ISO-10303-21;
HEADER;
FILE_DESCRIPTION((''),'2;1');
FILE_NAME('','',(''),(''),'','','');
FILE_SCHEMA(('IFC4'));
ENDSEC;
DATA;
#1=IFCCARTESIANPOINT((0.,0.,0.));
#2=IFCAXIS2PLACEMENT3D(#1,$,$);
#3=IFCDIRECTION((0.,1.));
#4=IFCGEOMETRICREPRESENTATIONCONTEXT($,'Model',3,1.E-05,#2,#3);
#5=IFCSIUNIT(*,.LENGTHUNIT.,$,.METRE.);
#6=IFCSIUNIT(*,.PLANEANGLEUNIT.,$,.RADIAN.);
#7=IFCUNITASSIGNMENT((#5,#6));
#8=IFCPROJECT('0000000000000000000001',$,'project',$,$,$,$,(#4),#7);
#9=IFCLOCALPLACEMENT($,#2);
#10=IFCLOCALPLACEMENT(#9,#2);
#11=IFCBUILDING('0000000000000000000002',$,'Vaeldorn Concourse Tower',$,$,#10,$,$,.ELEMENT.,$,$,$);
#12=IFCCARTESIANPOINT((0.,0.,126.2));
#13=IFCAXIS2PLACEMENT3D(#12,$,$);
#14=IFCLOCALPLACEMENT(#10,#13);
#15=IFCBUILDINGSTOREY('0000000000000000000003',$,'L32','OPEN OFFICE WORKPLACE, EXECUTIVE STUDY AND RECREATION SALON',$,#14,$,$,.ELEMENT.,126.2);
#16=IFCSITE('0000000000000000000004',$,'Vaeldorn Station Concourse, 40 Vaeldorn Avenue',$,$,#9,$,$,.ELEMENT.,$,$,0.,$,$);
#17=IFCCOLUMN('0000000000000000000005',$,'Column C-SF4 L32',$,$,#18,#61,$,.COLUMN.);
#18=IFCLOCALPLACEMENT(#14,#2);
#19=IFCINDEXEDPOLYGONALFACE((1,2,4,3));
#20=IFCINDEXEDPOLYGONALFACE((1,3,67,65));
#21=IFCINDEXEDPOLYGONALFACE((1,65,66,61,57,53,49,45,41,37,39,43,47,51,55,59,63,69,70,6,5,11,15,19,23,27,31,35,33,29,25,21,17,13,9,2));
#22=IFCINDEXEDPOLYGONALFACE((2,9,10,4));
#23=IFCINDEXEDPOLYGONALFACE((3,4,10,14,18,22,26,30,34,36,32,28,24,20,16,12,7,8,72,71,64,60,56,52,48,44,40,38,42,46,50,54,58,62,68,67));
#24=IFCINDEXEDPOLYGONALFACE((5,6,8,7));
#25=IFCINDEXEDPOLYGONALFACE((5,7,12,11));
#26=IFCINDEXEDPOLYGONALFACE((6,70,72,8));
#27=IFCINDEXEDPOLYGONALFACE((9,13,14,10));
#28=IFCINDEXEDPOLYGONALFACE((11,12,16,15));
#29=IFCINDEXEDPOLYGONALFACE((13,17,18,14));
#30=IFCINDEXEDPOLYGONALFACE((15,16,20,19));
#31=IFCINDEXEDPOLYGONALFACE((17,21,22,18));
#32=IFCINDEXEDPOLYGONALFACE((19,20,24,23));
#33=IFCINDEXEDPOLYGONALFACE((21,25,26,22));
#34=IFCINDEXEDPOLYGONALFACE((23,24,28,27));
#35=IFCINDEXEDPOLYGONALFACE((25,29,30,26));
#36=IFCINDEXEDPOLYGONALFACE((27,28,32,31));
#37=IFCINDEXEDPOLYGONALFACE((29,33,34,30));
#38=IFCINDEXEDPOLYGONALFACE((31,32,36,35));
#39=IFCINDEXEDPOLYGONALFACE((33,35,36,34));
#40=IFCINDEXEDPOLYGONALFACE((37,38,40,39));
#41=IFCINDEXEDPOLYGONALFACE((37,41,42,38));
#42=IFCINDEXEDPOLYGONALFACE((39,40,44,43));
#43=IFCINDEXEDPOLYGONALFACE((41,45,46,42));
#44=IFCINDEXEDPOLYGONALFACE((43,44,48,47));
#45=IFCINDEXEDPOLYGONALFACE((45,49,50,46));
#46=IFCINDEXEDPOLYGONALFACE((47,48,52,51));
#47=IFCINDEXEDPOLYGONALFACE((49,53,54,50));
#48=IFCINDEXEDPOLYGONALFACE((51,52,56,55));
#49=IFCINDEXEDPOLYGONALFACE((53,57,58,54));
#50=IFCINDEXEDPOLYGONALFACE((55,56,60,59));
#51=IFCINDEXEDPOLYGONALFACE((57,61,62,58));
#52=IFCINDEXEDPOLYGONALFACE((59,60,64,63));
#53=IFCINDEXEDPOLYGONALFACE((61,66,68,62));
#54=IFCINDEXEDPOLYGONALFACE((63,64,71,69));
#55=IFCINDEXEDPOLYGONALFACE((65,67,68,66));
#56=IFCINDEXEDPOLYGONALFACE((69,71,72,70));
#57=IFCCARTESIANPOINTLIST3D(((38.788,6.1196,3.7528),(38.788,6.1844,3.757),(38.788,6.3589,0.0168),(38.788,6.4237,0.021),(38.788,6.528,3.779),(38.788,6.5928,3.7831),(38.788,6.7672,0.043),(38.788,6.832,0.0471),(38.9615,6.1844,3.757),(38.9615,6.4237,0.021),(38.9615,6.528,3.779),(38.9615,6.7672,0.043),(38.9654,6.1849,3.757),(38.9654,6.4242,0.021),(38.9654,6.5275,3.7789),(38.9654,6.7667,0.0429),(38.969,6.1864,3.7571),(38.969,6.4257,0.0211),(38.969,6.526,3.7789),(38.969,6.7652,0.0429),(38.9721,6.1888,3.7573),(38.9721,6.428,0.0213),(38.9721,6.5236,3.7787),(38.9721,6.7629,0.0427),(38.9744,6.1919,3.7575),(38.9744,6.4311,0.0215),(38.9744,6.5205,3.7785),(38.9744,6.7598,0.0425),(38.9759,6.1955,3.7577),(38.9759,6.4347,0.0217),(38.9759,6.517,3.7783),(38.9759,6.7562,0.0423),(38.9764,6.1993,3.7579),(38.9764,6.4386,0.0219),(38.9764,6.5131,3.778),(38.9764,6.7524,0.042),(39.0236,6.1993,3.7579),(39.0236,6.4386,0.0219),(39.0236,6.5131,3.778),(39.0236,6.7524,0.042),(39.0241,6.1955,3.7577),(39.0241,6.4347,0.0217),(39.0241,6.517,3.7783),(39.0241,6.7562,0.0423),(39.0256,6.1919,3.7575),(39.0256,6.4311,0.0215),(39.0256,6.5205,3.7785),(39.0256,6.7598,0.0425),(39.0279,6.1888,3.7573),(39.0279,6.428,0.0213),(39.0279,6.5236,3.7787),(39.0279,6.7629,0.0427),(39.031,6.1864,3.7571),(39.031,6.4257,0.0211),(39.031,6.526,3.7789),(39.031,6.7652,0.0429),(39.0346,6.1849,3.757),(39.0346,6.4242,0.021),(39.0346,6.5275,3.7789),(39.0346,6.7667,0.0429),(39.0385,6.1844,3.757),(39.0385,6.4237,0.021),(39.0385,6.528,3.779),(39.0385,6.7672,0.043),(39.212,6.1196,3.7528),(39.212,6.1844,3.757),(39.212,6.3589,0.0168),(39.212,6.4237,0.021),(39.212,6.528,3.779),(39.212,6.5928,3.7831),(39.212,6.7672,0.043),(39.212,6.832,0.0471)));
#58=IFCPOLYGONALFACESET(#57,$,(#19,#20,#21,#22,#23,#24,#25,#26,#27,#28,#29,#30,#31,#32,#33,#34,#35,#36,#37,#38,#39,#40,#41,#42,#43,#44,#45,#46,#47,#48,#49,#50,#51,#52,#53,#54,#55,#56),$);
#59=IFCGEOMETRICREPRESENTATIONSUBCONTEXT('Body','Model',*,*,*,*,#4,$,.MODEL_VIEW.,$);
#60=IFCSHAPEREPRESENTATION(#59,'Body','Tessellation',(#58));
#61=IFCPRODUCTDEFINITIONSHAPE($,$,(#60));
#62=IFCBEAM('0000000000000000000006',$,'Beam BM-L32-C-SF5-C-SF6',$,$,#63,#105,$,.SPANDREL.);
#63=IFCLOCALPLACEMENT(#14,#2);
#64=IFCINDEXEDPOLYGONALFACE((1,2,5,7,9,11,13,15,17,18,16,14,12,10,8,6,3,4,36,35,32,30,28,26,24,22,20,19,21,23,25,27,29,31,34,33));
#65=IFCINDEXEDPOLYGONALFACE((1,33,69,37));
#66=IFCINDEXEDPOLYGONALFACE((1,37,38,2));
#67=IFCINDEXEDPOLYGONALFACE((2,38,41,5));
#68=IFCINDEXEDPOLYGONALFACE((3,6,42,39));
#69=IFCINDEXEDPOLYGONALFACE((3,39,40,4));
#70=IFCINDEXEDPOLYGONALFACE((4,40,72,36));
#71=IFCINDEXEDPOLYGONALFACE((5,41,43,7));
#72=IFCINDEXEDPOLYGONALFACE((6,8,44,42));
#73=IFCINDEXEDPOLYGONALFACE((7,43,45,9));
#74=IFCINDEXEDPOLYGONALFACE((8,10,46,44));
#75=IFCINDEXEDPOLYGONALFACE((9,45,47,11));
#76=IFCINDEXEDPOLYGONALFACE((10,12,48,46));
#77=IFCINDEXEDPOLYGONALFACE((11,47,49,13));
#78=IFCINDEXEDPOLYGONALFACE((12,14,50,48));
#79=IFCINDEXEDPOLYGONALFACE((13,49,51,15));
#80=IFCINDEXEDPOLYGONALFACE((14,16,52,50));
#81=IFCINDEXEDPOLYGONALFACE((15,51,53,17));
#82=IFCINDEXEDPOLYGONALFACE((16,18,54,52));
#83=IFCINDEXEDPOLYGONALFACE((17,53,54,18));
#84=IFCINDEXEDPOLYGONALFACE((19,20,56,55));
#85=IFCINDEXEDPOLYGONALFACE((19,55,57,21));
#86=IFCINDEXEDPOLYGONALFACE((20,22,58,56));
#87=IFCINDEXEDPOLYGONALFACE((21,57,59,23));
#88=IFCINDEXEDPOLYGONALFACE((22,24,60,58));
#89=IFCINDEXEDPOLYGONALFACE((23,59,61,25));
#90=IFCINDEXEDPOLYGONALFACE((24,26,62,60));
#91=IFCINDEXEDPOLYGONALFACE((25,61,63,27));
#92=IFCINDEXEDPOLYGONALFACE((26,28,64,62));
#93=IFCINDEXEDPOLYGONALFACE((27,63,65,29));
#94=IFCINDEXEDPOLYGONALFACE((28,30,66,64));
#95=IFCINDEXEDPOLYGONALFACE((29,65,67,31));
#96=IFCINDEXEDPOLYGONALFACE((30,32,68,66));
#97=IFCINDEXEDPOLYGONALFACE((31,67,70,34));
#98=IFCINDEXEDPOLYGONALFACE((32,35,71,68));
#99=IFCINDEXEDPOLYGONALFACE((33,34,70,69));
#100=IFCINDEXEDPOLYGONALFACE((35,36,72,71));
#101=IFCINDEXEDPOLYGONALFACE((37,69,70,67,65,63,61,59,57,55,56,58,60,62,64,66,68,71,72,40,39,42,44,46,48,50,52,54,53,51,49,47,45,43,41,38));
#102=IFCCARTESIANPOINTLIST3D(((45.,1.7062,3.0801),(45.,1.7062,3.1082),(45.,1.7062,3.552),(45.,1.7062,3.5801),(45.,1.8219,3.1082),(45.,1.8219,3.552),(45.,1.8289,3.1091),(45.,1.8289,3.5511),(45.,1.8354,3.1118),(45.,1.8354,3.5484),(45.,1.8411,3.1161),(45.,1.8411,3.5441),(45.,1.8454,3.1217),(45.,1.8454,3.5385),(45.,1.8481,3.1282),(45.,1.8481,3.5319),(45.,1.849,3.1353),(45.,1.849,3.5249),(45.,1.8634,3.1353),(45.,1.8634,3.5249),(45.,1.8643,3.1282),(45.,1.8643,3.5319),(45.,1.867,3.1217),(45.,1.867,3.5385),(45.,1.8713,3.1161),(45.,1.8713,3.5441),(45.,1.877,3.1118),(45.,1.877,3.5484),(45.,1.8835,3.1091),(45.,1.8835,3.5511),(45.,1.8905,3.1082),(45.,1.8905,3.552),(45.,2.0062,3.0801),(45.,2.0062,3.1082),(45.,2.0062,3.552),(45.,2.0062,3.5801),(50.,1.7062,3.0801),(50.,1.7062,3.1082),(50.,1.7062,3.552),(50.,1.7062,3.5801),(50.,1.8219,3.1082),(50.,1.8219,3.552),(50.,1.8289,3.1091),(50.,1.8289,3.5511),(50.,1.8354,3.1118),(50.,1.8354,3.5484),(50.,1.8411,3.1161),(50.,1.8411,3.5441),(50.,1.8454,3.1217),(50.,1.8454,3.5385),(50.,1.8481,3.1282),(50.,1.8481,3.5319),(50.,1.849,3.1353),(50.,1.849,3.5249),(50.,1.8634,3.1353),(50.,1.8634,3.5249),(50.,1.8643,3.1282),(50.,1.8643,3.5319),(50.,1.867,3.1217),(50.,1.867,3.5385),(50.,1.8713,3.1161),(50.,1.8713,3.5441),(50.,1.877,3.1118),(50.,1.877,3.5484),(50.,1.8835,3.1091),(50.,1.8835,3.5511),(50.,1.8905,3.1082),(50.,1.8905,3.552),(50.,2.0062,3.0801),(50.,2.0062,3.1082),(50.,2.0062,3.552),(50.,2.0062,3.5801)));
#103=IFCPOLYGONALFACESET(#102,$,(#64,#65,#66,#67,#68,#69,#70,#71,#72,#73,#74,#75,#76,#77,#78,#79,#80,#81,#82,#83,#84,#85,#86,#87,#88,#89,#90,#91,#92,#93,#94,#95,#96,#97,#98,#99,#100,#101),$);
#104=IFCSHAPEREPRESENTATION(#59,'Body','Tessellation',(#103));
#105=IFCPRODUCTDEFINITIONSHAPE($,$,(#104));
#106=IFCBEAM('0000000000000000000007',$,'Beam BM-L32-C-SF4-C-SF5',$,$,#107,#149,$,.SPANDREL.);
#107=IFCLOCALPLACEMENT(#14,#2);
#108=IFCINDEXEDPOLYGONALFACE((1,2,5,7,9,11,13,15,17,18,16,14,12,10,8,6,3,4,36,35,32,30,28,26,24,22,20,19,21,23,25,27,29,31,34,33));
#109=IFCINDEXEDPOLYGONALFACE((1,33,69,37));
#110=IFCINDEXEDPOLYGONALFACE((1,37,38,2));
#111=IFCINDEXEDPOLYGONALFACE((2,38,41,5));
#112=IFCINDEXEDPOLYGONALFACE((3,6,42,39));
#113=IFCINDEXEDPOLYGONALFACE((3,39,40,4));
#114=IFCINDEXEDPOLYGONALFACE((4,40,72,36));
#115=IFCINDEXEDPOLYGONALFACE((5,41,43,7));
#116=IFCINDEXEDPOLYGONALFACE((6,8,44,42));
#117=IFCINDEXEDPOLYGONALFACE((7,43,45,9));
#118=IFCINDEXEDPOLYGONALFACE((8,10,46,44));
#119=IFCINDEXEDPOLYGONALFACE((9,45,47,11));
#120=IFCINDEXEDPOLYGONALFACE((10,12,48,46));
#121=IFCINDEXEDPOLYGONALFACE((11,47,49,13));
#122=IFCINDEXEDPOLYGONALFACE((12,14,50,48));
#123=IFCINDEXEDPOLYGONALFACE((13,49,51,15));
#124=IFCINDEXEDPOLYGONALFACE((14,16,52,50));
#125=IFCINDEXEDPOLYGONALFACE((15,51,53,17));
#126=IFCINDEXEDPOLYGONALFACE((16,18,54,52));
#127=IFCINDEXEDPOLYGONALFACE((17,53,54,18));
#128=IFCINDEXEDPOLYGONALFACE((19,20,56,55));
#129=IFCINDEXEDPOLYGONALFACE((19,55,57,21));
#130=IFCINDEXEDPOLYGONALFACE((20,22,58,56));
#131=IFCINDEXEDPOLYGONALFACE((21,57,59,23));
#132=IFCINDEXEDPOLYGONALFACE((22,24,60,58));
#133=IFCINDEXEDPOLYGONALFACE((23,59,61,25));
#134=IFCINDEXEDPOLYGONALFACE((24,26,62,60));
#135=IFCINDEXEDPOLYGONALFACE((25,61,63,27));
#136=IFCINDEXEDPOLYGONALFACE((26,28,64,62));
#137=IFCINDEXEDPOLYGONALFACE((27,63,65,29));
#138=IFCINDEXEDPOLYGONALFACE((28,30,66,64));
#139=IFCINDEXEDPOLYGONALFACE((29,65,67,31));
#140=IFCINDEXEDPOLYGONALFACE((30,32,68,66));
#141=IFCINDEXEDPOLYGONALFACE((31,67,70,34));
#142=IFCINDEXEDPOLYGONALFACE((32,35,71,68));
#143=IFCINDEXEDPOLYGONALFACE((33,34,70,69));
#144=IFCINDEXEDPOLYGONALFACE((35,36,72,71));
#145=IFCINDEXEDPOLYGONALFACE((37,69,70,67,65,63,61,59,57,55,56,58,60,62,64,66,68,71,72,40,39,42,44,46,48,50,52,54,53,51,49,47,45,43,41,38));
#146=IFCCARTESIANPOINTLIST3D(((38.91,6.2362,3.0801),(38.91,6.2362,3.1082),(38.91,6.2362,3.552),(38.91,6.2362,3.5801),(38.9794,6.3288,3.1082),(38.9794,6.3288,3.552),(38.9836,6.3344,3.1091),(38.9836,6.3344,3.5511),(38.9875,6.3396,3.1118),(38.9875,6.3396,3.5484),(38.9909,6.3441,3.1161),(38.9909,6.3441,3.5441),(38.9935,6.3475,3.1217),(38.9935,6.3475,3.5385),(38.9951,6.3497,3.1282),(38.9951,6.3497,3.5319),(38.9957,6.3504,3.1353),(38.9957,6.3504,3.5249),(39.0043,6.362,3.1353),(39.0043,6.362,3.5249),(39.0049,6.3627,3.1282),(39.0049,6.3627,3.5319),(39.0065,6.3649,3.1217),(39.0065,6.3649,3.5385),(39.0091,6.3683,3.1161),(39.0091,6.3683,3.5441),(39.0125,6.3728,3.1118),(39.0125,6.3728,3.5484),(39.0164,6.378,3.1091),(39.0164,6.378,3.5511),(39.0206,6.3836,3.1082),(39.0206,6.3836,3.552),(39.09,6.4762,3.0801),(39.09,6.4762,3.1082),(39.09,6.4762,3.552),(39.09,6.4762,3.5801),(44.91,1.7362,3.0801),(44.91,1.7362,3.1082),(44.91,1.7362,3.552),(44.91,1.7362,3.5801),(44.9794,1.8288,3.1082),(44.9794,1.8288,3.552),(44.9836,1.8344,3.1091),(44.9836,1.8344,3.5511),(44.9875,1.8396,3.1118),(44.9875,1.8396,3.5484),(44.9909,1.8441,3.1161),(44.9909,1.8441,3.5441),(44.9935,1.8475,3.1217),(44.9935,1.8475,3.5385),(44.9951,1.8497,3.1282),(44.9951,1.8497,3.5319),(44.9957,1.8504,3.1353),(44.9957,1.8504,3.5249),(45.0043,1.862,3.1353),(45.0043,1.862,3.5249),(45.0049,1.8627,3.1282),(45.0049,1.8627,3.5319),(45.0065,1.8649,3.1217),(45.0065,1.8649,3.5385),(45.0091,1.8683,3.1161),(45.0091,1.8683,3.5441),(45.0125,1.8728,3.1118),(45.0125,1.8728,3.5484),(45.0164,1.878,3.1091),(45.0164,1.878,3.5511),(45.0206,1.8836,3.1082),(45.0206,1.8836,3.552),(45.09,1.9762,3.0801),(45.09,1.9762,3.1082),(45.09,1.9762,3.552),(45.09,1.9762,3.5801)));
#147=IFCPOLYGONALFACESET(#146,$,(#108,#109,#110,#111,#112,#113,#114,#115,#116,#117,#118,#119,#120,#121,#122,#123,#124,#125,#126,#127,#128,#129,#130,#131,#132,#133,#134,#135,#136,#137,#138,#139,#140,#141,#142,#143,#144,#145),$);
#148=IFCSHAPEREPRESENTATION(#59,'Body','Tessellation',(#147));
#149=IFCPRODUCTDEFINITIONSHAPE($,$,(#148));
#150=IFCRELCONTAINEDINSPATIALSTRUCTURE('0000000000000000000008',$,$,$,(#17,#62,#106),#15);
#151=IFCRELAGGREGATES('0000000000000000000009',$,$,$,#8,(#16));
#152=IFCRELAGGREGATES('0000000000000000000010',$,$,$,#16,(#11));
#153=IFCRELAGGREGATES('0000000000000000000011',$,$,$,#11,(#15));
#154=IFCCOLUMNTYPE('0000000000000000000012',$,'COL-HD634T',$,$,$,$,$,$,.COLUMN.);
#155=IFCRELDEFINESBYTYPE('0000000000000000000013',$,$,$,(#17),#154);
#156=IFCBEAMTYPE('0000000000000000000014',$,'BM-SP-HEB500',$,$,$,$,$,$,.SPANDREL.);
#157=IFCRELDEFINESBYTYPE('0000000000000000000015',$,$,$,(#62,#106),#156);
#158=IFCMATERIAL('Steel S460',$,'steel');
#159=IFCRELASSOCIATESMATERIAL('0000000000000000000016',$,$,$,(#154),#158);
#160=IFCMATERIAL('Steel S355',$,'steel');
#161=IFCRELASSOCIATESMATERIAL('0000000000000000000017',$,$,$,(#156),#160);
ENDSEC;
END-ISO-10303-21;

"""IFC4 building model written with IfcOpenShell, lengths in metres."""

from ifc_helpers import new_model, si_unit, direction, frame, origin, origin_2d, place, context, subcontext, project, spatial, i_section, extrude, source, transform, mapped, material, material_profile, profile_set, type_object, element, save


model = new_model("IFC4")

# Units and contexts
model_context = context("Model", 3, precision=1e-05, world=origin(), true_north=direction((0.0, 1.0)))
body_context = subcontext(model_context, "Body", "Model", "MODEL_VIEW")
ifc_project = project(units=[si_unit("LENGTHUNIT", "METRE"), si_unit("PLANEANGLEUNIT", "RADIAN")], contexts=[model_context])

# Site, building, storey
site_placement = place(None, origin())
site = spatial("IfcSite", under=ifc_project, at=site_placement, Name="Vaeldorn Station Concourse, 40 Vaeldorn Avenue", CompositionType="ELEMENT", RefElevation=0.0)
building_placement = place(site_placement, origin())
building = spatial("IfcBuilding", under=site, at=building_placement, Name="Vaeldorn Concourse Tower", CompositionType="ELEMENT")
storey_placement = place(building_placement, frame((0.0, 0.0, 126.2)))
storey = spatial("IfcBuildingStorey", under=building, at=storey_placement, Name="L32", Description="OPEN OFFICE WORKPLACE, EXECUTIVE STUDY AND RECREATION SALON", CompositionType="ELEMENT", Elevation=126.2)

# Column
ifc_material_1 = material(Name="Steel S460", Category="steel")
ifc_material_profile_1 = material_profile(ifc_material_1, i_section(OverallWidth=0.4241, OverallDepth=0.4741, WebThickness=0.0471, FlangeThickness=0.0649, FilletRadius=0.0149, at=origin_2d()), Name="HD 400x634")
ifc_profile_set_1 = profile_set([ifc_material_profile_1], Name="Steel S460")
column_type = type_object("IfcColumnType", Name="COL-HD634T", PredefinedType="COLUMN", material=ifc_profile_set_1)
shared_shape_1 = source(origin(), body_context, "Body", "SweptSolid", [
    extrude(i_section(OverallWidth=0.4241, OverallDepth=0.4741, WebThickness=0.0471, FlangeThickness=0.0649, FilletRadius=0.0149, at=origin_2d()), origin(), (0.0, 0.0, 1.0), 3.7437),
])
column_placement = place(storey_placement, frame((39.0, 6.5955, 0.032), z_axis=(0.0, -0.063909, 0.997956), x_axis=(1.0, 0.0, 0.0)))
element("IfcColumn", 1, at=column_placement, inside=storey, type_object=column_type, Name="Column C-SF4 L32", PredefinedType="COLUMN", context=body_context, shape_type="MappedRepresentation", body=[
    mapped(shared_shape_1, transform((0.0, 0.0, 0.0), scale=1.0)),
])

# Beams
ifc_material_2 = material(Name="Steel S355", Category="steel")
ifc_material_profile_2 = material_profile(ifc_material_2, i_section(OverallWidth=0.3, OverallDepth=0.5, WebThickness=0.0144, FlangeThickness=0.0281, FilletRadius=0.0271, at=origin_2d()), Name="HEB 500")
ifc_profile_set_2 = profile_set([ifc_material_profile_2], Name="Steel S355")
beam_type_1 = type_object("IfcBeamType", Name="BM-SP-HEB500", PredefinedType="SPANDREL", material=ifc_profile_set_2)
shared_shape_2 = source(origin(), body_context, "Body", "SweptSolid", [
    extrude(i_section(OverallWidth=0.3, OverallDepth=0.5, WebThickness=0.0144, FlangeThickness=0.0281, FilletRadius=0.0271, at=origin_2d()), origin(), (0.0, 0.0, 1.0), 5.0),
])
beam_1_placement = place(storey_placement, frame((45.0, 1.8562, 3.3301), z_axis=(1.0, 0.0, 0.0), x_axis=(0.0, 1.0, 0.0)))
element("IfcBeam", 2, at=beam_1_placement, inside=storey, type_object=beam_type_1, Name="Beam BM-L32-C-SF5-C-SF6", PredefinedType="SPANDREL", context=body_context, shape_type="MappedRepresentation", body=[
    mapped(shared_shape_2, transform((0.0, 0.0, 0.0), scale=1.0)),
])
shared_shape_3 = source(origin(), body_context, "Body", "SweptSolid", [
    extrude(i_section(OverallWidth=0.3, OverallDepth=0.5, WebThickness=0.0144, FlangeThickness=0.0281, FilletRadius=0.0271, at=origin_2d()), origin(), (0.0, 0.0, 1.0), 7.5),
])
beam_2_placement = place(storey_placement, frame((39.0, 6.3562, 3.3301), z_axis=(0.8, -0.6, 0.0), x_axis=(0.6, 0.8, 0.0)))
element("IfcBeam", 3, at=beam_2_placement, inside=storey, type_object=beam_type_1, Name="Beam BM-L32-C-SF4-C-SF5", PredefinedType="SPANDREL", context=body_context, shape_type="MappedRepresentation", body=[
    mapped(shared_shape_3, transform((0.0, 0.0, 0.0), scale=1.0)),
])

save(model, "model.ifc")
